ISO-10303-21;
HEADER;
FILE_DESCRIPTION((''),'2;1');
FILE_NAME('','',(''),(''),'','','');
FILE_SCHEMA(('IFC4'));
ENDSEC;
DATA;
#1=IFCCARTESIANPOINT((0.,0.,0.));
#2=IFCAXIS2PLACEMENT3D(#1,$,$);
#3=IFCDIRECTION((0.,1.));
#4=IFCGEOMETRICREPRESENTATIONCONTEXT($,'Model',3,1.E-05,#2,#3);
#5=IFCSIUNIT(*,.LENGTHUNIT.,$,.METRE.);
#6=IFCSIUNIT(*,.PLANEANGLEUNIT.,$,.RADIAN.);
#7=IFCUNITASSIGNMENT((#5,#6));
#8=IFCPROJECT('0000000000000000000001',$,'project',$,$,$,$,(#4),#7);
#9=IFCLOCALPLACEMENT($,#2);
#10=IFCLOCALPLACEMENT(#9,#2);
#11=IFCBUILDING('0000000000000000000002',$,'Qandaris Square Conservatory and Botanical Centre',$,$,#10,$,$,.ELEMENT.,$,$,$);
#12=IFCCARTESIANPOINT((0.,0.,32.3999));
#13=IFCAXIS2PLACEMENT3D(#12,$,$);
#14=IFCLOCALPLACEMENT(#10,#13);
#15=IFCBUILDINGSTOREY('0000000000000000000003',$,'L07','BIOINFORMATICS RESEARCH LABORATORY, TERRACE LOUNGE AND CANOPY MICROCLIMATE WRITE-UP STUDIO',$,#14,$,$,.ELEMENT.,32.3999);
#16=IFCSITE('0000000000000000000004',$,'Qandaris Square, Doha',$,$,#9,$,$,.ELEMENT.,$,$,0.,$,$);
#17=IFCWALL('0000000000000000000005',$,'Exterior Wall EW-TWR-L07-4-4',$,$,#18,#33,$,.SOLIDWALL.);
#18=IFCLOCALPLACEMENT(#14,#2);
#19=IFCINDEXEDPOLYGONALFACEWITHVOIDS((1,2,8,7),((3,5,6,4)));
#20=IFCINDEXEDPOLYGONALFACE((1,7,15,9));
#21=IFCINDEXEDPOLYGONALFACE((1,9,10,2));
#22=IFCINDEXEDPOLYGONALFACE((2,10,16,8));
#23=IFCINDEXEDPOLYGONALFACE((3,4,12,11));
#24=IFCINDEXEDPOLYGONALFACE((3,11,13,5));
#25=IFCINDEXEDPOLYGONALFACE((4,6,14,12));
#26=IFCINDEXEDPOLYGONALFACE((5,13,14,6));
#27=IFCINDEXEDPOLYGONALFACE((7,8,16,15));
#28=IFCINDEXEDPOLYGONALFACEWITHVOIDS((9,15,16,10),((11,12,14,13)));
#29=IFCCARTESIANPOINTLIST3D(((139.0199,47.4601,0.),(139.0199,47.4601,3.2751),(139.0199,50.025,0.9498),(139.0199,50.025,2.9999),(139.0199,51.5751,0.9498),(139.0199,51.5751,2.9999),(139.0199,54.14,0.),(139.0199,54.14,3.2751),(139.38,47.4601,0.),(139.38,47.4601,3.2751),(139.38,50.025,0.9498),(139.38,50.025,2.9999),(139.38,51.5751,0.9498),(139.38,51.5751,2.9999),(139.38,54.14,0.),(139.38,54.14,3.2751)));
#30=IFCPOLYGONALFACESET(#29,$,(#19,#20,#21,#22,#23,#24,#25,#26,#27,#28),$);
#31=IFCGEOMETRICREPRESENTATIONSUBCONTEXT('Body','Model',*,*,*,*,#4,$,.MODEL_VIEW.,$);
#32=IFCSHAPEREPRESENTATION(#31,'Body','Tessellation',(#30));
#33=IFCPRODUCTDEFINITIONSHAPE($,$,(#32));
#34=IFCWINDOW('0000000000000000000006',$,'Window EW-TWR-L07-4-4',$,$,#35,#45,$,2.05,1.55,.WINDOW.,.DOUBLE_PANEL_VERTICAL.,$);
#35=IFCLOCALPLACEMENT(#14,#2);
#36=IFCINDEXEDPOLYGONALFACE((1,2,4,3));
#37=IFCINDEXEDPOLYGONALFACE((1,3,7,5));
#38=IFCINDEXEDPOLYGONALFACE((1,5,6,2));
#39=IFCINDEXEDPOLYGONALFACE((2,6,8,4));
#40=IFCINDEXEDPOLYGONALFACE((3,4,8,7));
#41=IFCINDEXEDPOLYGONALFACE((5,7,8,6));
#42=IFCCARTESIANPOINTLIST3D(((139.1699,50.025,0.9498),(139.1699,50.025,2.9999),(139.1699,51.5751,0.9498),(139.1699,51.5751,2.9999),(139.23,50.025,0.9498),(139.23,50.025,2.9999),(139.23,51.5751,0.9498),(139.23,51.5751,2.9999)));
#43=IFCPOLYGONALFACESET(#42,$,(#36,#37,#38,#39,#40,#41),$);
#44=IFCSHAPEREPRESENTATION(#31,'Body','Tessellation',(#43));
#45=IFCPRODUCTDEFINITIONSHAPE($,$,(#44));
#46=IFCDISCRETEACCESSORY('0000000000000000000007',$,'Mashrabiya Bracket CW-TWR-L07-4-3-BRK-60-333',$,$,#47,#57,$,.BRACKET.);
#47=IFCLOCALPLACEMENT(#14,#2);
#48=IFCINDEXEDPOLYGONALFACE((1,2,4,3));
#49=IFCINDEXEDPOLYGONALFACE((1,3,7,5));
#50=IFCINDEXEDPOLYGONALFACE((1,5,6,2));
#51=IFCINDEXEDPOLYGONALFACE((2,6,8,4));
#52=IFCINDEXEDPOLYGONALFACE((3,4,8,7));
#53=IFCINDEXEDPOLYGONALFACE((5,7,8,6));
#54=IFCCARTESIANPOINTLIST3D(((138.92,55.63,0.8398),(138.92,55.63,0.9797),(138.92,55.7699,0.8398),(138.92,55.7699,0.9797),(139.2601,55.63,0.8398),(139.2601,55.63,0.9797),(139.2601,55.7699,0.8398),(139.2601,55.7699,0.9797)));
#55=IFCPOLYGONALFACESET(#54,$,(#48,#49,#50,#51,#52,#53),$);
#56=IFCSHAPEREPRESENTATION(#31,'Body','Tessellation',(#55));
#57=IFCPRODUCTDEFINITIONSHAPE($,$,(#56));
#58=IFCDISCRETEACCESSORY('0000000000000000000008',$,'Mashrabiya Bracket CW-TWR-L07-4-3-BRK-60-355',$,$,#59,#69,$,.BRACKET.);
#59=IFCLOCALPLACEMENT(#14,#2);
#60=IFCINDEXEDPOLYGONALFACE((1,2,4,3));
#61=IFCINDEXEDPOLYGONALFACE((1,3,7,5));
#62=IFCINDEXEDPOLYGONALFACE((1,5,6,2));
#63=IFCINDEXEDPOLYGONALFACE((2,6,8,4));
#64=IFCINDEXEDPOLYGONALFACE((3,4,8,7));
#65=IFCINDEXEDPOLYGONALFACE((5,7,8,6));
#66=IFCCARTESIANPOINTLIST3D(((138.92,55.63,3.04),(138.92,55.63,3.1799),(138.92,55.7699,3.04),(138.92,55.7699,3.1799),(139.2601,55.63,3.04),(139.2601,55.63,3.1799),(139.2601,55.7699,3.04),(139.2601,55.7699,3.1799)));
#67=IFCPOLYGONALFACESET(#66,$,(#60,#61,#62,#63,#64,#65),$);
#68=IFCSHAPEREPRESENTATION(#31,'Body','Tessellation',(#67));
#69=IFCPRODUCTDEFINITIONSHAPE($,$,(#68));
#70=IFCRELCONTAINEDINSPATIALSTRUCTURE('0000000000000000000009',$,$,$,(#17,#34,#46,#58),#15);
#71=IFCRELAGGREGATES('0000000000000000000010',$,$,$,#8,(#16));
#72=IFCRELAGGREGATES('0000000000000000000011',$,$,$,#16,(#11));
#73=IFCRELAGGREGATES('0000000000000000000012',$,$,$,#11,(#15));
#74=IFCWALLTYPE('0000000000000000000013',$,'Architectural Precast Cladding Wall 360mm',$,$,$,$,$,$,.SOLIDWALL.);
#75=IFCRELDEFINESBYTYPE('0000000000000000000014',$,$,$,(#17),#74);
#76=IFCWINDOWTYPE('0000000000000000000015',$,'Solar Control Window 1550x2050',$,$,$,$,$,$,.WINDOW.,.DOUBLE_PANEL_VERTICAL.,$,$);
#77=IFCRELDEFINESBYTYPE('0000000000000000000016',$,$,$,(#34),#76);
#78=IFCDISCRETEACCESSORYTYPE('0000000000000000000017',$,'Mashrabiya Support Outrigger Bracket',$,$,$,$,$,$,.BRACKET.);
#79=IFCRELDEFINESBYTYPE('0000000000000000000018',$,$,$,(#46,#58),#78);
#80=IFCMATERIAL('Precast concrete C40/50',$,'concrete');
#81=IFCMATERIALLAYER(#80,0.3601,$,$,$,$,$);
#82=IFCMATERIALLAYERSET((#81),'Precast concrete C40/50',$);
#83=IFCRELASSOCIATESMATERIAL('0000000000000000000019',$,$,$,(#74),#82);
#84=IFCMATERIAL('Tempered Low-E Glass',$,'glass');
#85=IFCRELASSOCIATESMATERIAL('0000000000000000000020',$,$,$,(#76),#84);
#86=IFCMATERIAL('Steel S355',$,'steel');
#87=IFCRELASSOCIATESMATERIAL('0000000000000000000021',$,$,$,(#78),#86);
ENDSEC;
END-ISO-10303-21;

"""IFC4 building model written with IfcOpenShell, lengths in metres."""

from ifc_helpers import new_model, si_unit, direction, frame, frame_2d, origin, origin_2d, place, context, subcontext, project, spatial, rectangle, extrude, material, layer, layer_set, type_object, element, fill, save


model = new_model("IFC4")

# Units and contexts
model_context = context("Model", 3, precision=1e-05, world=origin(), true_north=direction((0.0, 1.0)))
body_context = subcontext(model_context, "Body", "Model", "MODEL_VIEW")
ifc_project = project(units=[si_unit("LENGTHUNIT", "METRE"), si_unit("PLANEANGLEUNIT", "RADIAN")], contexts=[model_context])

# Site, building, storey
site_placement = place(None, origin())
site = spatial("IfcSite", under=ifc_project, at=site_placement, Name="Qandaris Square, Doha", CompositionType="ELEMENT", RefElevation=0.0)
building_placement = place(site_placement, origin())
building = spatial("IfcBuilding", under=site, at=building_placement, Name="Qandaris Square Conservatory and Botanical Centre", CompositionType="ELEMENT")
storey_placement = place(building_placement, frame((0.0, 0.0, 32.3999)))
storey = spatial("IfcBuildingStorey", under=building, at=storey_placement, Name="L07", Description="BIOINFORMATICS RESEARCH LABORATORY, TERRACE LOUNGE AND CANOPY MICROCLIMATE WRITE-UP STUDIO", CompositionType="ELEMENT", Elevation=32.3999)

# Shared definitions
ifc_material_1 = material(Name="Steel S355", Category="steel")

# Shared definitions
ifc_material_2 = material(Name="Tempered Low-E Glass", Category="glass")

# Wall, opening, window
ifc_material_3 = material(Name="Precast concrete C40/50", Category="concrete")
ifc_layer_1 = layer(ifc_material_3, 0.3601)
ifc_layer_set_1 = layer_set([ifc_layer_1], Name="Precast concrete C40/50")
wall_type = type_object("IfcWallType", Name="Architectural Precast Cladding Wall 360mm", PredefinedType="SOLIDWALL", material=ifc_layer_set_1)
wall_placement = place(storey_placement, frame((139.2, 54.1399, 0.0), z_axis=(0.0, 0.0, 1.0), x_axis=(0.0, -1.0, 0.0)))
wall = element("IfcWall", 1, at=wall_placement, inside=storey, type_object=wall_type, Name="Exterior Wall EW-TWR-L07-4-4", PredefinedType="SOLIDWALL", context=body_context, shape_type="SweptSolid", body=[
    extrude(rectangle(XDim=6.6799, YDim=0.3601, at=frame_2d((3.3398, 0.0))), origin(), (0.0, 0.0, 1.0), 3.2751),
])
opening_placement = place(wall_placement, frame((2.5649, 0.0, 0.95)))
opening = element("IfcOpeningElement", 2, at=opening_placement, cuts=wall, PredefinedType="OPENING", context=body_context, shape_type="SweptSolid", body=[
    extrude(rectangle(XDim=1.55, YDim=2.05, at=frame_2d((0.7749, 1.0249))), frame((0.0, 0.1919, 0.0), z_axis=(0.0, -1.0, 0.0), x_axis=(1.0, 0.0, 0.0)), (0.0, 0.0, 1.0), 0.384),
])
window_type = type_object("IfcWindowType", Name="Solar Control Window 1550x2050", PartitioningType="DOUBLE_PANEL_VERTICAL", PredefinedType="WINDOW", material=ifc_material_2)
window_placement = place(opening_placement, origin())
window = element("IfcWindow", 3, at=window_placement, inside=storey, type_object=window_type, Name="Window EW-TWR-L07-4-4", OverallHeight=2.05, OverallWidth=1.55, PartitioningType="DOUBLE_PANEL_VERTICAL", PredefinedType="WINDOW", context=body_context, shape_type="SweptSolid", body=[
    extrude(rectangle(XDim=1.55, YDim=2.05, at=frame_2d((0.7749, 1.0249))), frame((0.0, 0.03, 0.0), z_axis=(0.0, -1.0, 0.0), x_axis=(1.0, 0.0, 0.0)), (0.0, 0.0, 1.0), 0.0601),
])
fill(opening, window)

# Discrete accessories
discrete_accessory_type = type_object("IfcDiscreteAccessoryType", Name="Mashrabiya Support Outrigger Bracket", PredefinedType="BRACKET", material=ifc_material_1)
for number, where, z_axis, x_axis, name in (
    (4, (139.0901, 55.7, 0.8398), (0.0, 0.0, 1.0), (0.0, -1.0, 0.0), "Mashrabiya Bracket CW-TWR-L07-4-3-BRK-60-333"),
    (5, (139.0901, 55.7, 3.04), (0.0, 0.0, 1.0), (0.0, -1.0, 0.0), "Mashrabiya Bracket CW-TWR-L07-4-3-BRK-60-355"),
):
    element("IfcDiscreteAccessory", number, at=place(storey_placement, frame(where, z_axis=z_axis, x_axis=x_axis)), inside=storey, type_object=discrete_accessory_type, Name=name, PredefinedType="BRACKET", context=body_context, shape_type="SweptSolid", body=[
        extrude(rectangle(XDim=0.1399, YDim=0.3401, at=origin_2d()), origin(), (0.0, 0.0, 1.0), 0.1399),
    ])

save(model, "model.ifc")
